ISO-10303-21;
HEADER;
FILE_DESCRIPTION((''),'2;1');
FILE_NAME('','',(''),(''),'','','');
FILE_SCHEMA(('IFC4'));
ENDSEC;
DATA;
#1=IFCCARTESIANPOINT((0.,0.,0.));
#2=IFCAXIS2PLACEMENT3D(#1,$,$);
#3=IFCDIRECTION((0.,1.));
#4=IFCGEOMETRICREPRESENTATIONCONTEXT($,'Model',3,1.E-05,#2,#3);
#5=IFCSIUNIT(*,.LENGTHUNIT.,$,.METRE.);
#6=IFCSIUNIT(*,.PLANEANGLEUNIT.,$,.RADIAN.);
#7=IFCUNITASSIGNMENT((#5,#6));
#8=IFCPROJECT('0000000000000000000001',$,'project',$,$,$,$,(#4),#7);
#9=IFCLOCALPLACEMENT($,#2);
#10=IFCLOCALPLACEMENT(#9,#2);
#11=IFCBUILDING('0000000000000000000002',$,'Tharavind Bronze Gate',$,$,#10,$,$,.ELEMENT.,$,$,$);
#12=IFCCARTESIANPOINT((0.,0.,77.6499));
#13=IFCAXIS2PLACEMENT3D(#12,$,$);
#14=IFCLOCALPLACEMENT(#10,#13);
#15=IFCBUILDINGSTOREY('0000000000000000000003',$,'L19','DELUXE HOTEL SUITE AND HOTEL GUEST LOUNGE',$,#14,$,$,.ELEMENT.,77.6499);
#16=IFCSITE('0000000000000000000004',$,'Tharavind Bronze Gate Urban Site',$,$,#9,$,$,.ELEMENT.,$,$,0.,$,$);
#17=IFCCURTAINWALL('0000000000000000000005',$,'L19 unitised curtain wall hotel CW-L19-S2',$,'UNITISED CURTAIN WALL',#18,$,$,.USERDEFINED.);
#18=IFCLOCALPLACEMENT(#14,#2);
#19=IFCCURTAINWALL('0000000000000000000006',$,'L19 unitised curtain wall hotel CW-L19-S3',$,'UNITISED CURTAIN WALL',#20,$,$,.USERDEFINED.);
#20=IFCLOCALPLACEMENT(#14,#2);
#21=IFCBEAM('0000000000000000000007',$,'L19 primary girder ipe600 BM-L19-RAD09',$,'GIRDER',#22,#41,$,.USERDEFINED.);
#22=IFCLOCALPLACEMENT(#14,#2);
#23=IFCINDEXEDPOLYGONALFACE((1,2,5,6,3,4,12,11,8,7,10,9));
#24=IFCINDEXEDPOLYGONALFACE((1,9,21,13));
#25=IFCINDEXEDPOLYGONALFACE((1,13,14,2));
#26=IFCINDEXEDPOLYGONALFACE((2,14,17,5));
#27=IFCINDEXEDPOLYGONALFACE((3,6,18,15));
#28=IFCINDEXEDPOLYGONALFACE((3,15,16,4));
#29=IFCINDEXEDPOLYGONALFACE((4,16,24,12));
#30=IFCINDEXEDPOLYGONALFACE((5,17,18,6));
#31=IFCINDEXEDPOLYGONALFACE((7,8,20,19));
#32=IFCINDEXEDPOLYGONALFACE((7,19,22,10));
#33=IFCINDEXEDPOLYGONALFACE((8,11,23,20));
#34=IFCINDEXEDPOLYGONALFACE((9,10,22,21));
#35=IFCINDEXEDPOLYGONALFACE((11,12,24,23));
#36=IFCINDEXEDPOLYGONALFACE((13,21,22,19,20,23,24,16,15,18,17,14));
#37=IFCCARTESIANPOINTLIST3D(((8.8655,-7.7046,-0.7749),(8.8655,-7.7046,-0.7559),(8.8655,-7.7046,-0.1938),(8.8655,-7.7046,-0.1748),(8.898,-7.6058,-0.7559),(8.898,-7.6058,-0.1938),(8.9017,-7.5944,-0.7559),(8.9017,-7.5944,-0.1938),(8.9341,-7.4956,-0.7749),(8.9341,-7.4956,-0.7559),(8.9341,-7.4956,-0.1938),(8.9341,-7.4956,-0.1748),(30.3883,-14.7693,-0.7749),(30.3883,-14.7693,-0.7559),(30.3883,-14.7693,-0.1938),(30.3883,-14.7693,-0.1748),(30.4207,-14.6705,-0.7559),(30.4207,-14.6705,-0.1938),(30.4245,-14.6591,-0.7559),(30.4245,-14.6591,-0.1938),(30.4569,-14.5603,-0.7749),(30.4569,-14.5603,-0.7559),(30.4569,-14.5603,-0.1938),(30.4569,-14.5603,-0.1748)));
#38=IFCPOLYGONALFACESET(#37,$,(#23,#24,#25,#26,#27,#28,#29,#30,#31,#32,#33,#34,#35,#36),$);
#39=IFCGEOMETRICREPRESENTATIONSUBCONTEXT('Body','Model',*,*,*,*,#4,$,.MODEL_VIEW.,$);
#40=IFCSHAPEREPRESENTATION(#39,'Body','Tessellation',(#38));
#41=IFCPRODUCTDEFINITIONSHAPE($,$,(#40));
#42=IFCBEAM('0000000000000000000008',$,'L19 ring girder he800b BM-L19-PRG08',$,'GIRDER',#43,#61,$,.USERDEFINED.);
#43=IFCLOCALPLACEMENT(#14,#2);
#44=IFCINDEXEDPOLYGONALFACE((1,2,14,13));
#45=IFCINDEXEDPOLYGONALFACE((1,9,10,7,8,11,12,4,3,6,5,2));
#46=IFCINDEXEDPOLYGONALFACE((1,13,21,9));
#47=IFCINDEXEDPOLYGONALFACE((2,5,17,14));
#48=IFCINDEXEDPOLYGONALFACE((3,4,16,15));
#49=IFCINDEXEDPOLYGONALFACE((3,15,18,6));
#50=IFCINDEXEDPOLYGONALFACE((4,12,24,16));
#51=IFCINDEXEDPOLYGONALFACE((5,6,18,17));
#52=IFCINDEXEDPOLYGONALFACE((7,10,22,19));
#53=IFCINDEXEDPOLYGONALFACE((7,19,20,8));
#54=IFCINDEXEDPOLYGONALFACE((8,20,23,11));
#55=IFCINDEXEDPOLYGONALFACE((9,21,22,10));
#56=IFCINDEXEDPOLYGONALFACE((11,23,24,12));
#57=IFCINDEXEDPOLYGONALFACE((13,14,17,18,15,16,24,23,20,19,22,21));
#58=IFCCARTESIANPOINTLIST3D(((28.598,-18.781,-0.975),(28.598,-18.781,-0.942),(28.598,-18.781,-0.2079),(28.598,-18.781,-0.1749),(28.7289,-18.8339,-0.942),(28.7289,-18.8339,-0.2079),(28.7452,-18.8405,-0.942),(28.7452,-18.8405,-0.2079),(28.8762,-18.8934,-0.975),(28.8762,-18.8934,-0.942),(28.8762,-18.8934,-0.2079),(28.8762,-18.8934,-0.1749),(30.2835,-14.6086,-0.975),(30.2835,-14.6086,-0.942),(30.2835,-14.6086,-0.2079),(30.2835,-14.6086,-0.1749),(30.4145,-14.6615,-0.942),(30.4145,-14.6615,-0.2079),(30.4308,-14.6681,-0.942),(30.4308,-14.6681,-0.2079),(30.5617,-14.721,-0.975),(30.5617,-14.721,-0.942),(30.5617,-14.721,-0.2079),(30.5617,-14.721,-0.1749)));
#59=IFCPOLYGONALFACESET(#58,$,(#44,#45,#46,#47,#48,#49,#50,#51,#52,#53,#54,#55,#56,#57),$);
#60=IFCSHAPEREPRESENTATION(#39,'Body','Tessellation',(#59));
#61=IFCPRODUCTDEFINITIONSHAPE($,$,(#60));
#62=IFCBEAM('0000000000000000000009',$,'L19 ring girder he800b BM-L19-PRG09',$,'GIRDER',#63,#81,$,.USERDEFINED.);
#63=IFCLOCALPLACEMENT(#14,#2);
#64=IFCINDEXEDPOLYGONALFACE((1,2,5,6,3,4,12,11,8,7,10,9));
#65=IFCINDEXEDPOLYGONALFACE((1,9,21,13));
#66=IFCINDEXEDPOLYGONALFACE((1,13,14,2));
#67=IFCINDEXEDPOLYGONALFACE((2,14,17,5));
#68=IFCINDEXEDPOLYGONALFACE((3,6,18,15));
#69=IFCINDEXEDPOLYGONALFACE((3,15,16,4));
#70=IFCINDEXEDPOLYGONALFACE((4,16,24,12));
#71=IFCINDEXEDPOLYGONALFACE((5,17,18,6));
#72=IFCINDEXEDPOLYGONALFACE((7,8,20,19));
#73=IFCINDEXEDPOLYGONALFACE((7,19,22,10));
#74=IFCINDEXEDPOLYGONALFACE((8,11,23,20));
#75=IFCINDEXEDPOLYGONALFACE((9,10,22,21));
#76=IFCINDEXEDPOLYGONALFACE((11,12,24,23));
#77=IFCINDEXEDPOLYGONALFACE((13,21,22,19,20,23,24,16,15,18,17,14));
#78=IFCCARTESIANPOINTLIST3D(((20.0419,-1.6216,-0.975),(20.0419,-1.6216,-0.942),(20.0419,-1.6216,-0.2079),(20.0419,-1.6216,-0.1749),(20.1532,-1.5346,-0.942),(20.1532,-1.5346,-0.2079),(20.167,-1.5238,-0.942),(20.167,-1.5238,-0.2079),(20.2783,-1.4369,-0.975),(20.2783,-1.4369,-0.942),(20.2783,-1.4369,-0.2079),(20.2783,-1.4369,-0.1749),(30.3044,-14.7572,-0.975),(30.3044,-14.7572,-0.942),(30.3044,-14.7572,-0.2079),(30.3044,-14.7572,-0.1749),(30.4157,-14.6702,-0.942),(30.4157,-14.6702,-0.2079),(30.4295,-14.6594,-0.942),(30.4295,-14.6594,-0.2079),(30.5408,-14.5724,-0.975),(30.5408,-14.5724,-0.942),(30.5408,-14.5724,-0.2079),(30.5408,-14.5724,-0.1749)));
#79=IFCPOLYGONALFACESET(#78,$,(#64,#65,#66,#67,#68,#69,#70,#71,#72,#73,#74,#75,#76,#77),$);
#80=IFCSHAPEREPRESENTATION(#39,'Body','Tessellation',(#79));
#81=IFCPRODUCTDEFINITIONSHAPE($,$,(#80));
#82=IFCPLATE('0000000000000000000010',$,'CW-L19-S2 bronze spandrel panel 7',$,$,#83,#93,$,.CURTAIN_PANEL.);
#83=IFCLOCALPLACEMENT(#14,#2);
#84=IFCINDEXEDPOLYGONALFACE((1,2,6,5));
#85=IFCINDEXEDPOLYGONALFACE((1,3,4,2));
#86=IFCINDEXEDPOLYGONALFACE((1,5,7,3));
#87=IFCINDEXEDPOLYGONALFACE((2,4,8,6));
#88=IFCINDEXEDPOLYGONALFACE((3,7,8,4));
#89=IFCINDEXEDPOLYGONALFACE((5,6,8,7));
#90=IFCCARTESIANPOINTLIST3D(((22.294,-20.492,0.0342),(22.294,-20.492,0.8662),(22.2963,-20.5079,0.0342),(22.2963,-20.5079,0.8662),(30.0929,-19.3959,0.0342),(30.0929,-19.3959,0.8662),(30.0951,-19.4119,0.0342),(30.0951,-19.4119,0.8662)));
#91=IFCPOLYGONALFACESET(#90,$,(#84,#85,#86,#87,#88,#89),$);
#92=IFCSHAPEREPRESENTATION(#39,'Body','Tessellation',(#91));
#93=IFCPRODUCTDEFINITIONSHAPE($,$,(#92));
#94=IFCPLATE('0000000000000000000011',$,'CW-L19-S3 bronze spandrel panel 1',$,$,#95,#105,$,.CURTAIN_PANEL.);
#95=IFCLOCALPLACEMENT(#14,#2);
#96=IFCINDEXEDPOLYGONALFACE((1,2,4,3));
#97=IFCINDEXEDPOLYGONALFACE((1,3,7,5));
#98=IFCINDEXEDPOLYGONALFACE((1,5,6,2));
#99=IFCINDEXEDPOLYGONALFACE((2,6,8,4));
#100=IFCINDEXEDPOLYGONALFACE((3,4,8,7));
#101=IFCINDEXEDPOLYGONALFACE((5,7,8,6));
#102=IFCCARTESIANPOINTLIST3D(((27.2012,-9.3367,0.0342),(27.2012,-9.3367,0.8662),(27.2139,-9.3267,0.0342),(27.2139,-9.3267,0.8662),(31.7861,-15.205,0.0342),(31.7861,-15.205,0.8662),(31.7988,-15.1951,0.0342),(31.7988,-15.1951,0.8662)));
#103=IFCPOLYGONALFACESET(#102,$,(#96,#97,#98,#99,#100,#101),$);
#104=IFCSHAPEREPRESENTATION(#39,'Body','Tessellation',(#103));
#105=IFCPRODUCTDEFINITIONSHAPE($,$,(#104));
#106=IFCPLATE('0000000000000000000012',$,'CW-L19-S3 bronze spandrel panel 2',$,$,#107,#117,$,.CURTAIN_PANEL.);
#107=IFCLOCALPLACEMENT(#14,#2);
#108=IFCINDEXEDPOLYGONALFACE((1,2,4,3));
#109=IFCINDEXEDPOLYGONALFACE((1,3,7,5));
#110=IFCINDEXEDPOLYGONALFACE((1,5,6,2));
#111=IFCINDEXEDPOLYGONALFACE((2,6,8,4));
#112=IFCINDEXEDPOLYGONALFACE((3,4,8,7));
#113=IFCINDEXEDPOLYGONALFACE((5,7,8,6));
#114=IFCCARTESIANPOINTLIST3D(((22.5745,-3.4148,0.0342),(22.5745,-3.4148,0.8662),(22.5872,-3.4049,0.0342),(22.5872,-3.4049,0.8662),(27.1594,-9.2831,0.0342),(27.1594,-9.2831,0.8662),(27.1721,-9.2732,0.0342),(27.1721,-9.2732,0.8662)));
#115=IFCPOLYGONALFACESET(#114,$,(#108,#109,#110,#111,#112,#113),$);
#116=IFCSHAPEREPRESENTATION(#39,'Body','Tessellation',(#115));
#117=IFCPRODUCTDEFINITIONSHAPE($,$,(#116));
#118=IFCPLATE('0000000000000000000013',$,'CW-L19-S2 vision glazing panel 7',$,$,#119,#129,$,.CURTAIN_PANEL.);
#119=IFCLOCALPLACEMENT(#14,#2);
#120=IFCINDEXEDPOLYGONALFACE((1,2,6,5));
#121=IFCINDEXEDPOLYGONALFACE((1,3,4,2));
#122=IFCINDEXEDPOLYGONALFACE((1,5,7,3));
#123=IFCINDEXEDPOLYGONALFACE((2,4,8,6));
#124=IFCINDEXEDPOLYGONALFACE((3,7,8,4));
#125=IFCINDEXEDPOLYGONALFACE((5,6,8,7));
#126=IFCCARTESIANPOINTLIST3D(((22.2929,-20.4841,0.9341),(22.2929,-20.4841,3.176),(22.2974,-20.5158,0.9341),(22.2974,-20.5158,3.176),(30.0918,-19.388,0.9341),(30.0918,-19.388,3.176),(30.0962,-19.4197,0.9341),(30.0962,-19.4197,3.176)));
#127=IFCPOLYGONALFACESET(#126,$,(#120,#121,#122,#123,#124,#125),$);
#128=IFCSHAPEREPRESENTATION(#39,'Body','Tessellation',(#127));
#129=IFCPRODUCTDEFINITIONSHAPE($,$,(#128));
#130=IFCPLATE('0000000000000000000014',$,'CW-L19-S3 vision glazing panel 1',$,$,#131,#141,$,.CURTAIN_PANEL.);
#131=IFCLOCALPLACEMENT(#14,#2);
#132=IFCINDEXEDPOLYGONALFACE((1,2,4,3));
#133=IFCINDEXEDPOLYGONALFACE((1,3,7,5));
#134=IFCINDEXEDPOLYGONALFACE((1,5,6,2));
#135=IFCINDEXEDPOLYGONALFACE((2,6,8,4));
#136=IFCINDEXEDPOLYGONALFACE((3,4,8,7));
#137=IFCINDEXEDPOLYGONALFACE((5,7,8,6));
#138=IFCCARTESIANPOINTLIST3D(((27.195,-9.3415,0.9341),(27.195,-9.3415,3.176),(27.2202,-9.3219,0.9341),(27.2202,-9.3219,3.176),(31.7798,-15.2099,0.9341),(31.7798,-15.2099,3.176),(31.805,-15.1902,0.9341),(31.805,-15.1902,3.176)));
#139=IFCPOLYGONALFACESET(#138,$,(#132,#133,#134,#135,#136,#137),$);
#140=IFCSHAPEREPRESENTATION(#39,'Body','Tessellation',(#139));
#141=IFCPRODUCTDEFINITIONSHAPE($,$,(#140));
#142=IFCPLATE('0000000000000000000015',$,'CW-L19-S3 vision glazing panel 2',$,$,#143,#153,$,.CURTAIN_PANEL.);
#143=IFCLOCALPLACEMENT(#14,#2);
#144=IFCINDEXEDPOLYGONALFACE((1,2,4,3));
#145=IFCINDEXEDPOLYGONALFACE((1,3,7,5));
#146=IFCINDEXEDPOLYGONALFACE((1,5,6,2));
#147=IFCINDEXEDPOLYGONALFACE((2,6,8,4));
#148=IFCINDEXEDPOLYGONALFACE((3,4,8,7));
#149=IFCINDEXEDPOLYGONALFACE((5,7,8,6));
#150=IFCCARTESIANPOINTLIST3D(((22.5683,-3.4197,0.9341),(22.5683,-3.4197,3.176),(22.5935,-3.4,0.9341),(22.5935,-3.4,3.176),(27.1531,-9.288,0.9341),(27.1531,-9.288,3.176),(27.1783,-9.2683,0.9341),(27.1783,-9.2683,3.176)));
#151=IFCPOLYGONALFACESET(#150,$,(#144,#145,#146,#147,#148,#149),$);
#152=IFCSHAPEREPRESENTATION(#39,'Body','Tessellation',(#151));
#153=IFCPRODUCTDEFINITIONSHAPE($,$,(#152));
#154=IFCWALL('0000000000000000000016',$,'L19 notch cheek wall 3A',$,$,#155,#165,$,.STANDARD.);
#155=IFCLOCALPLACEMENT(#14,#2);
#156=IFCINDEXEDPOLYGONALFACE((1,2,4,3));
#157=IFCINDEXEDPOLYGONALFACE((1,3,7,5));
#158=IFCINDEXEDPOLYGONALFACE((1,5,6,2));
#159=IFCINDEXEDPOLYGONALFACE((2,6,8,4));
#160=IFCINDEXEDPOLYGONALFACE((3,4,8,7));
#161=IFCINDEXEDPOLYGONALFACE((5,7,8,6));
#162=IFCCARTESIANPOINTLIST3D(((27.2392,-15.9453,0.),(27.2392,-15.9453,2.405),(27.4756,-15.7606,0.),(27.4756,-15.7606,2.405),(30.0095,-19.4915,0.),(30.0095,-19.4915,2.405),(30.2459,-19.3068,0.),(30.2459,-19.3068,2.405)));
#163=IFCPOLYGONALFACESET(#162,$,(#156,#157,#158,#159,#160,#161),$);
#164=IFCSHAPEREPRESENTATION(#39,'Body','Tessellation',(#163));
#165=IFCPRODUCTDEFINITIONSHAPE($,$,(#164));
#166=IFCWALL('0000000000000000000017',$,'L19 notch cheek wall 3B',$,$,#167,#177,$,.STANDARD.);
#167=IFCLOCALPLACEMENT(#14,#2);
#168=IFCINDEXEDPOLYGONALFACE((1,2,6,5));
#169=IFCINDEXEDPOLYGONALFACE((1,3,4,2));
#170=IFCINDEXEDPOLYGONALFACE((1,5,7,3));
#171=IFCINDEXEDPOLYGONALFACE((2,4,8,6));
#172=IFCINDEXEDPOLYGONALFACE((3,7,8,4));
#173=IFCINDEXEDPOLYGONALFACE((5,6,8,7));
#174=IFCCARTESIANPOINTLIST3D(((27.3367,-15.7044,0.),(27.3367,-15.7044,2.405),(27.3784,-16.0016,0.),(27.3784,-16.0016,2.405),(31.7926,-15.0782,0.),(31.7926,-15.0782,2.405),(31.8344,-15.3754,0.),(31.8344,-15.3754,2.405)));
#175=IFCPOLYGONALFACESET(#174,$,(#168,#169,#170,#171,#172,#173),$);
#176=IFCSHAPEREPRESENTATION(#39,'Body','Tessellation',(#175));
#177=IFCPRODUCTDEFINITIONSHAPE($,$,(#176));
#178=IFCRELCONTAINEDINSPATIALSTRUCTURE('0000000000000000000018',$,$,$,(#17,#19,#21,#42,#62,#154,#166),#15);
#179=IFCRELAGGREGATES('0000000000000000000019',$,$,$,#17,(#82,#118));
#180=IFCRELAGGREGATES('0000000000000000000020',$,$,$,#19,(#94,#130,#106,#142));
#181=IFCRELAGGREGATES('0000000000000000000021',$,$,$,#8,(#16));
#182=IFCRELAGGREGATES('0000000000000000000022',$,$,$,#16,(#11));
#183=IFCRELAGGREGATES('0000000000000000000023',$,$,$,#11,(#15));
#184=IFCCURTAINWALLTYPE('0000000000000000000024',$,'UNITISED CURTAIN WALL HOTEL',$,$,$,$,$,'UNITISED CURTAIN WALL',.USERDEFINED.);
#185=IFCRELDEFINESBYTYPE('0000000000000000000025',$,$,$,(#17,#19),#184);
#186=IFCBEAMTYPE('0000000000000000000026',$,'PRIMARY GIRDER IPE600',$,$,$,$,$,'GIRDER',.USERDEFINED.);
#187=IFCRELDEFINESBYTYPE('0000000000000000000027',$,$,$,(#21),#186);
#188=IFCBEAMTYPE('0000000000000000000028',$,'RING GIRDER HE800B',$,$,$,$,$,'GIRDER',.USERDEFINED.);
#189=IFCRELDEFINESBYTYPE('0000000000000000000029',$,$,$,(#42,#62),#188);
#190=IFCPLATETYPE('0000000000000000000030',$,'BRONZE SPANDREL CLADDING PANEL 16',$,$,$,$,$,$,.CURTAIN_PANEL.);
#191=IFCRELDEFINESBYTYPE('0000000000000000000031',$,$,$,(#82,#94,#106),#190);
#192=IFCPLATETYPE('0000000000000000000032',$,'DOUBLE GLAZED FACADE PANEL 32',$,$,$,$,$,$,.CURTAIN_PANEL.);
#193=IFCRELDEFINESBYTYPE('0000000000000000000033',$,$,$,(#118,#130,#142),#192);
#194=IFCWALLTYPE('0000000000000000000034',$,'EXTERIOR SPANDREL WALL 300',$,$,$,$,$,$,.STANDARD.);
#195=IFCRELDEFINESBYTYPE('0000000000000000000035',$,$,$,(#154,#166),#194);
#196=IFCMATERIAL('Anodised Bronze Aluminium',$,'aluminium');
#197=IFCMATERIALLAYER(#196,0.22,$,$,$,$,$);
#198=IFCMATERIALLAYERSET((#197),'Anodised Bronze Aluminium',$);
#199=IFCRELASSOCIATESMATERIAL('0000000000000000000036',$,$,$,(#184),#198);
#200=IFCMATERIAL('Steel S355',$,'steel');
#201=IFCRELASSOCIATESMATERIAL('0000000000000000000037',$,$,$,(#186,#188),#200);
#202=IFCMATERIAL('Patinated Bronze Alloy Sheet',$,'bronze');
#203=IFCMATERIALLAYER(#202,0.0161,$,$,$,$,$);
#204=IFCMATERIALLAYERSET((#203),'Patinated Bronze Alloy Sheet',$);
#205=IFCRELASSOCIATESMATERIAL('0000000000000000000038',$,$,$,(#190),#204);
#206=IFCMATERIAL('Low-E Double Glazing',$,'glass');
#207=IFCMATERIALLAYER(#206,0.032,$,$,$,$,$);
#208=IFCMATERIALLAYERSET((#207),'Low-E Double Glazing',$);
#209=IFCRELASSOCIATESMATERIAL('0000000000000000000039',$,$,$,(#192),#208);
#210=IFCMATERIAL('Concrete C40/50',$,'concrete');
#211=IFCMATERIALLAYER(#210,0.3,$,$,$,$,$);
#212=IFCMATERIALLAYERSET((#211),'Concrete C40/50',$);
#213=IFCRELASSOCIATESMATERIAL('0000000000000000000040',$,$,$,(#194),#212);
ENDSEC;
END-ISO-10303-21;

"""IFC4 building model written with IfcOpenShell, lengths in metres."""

from ifc_helpers import new_model, si_unit, direction, frame, frame_2d, origin, origin_2d, place, context, subcontext, project, spatial, rectangle, i_section, extrude, material, layer, layer_set, material_profile, profile_set, type_object, element, aggregate, save


model = new_model("IFC4")

# Units and contexts
model_context = context("Model", 3, precision=1e-05, world=origin(), true_north=direction((0.0, 1.0)))
body_context = subcontext(model_context, "Body", "Model", "MODEL_VIEW")
ifc_project = project(units=[si_unit("LENGTHUNIT", "METRE"), si_unit("PLANEANGLEUNIT", "RADIAN")], contexts=[model_context])

# Site, building, storey
site_placement = place(None, origin())
site = spatial("IfcSite", under=ifc_project, at=site_placement, Name="Tharavind Bronze Gate Urban Site", CompositionType="ELEMENT", RefElevation=0.0)
building_placement = place(site_placement, origin())
building = spatial("IfcBuilding", under=site, at=building_placement, Name="Tharavind Bronze Gate", CompositionType="ELEMENT")
storey_placement = place(building_placement, frame((0.0, 0.0, 77.6499)))
storey = spatial("IfcBuildingStorey", under=building, at=storey_placement, Name="L19", Description="DELUXE HOTEL SUITE AND HOTEL GUEST LOUNGE", CompositionType="ELEMENT", Elevation=77.6499)

# Curtain wall
ifc_material_1 = material(Name="Anodised Bronze Aluminium", Category="aluminium")
ifc_layer_1 = layer(ifc_material_1, 0.22)
ifc_layer_set_1 = layer_set([ifc_layer_1], Name="Anodised Bronze Aluminium")
curtain_wall_type = type_object("IfcCurtainWallType", Name="UNITISED CURTAIN WALL HOTEL", ElementType="UNITISED CURTAIN WALL", PredefinedType="USERDEFINED", material=ifc_layer_set_1)
curtain_wall_1_placement = place(storey_placement, origin())
curtain_wall_1 = element("IfcCurtainWall", 1, at=curtain_wall_1_placement, inside=storey, type_object=curtain_wall_type, Name="L19 unitised curtain wall hotel CW-L19-S2", ObjectType="UNITISED CURTAIN WALL", PredefinedType="USERDEFINED")

# Curtain wall
curtain_wall_2_placement = place(storey_placement, origin())
curtain_wall_2 = element("IfcCurtainWall", 2, at=curtain_wall_2_placement, inside=storey, type_object=curtain_wall_type, Name="L19 unitised curtain wall hotel CW-L19-S3", ObjectType="UNITISED CURTAIN WALL", PredefinedType="USERDEFINED")

# Beams
ifc_material_2 = material(Name="Steel S355", Category="steel")
ifc_material_profile_1 = material_profile(ifc_material_2, i_section(OverallWidth=0.22, OverallDepth=0.6001, WebThickness=0.012, FlangeThickness=0.019, at=origin_2d()), Name="IPE600")
ifc_profile_set_1 = profile_set([ifc_material_profile_1], Name="Steel S355")
beam_type_1 = type_object("IfcBeamType", Name="PRIMARY GIRDER IPE600", ElementType="GIRDER", PredefinedType="USERDEFINED", material=ifc_profile_set_1)
beam_1_placement = place(storey_placement, frame((30.4226, -14.6648, -0.4749), z_axis=(-0.950124, 0.311872, 0.0), x_axis=(-0.311872, -0.950124, 0.0)))
element("IfcBeam", 3, at=beam_1_placement, inside=storey, type_object=beam_type_1, Name="L19 primary girder ipe600 BM-L19-RAD09", ObjectType="GIRDER", PredefinedType="USERDEFINED", context=body_context, shape_type="SweptSolid", body=[
    extrude(i_section(OverallWidth=0.22, OverallDepth=0.6001, WebThickness=0.012, FlangeThickness=0.019, at=origin_2d()), origin(), (0.0, 0.0, 1.0), 22.6526),
])
ifc_material_profile_2 = material_profile(ifc_material_2, i_section(OverallWidth=0.3, OverallDepth=0.8, WebThickness=0.0176, FlangeThickness=0.033, at=origin_2d()), Name="HE800B")
ifc_profile_set_2 = profile_set([ifc_material_profile_2], Name="Steel S355")
beam_type_2 = type_object("IfcBeamType", Name="RING GIRDER HE800B", ElementType="GIRDER", PredefinedType="USERDEFINED", material=ifc_profile_set_2)
beam_2_placement = place(storey_placement, frame((28.7371, -18.8372, -0.575), z_axis=(0.374569, 0.927199, 0.0), x_axis=(-0.927199, 0.374569, 0.0)))
element("IfcBeam", 4, at=beam_2_placement, inside=storey, type_object=beam_type_2, Name="L19 ring girder he800b BM-L19-PRG08", ObjectType="GIRDER", PredefinedType="USERDEFINED", context=body_context, shape_type="SweptSolid", body=[
    extrude(i_section(OverallWidth=0.3, OverallDepth=0.8, WebThickness=0.0176, FlangeThickness=0.033, at=origin_2d()), origin(), (0.0, 0.0, 1.0), 4.5),
])
beam_3_placement = place(storey_placement, frame((30.4226, -14.6648, -0.575), z_axis=(-0.615657, 0.788014, 0.0), x_axis=(-0.788014, -0.615657, 0.0)))
element("IfcBeam", 5, at=beam_3_placement, inside=storey, type_object=beam_type_2, Name="L19 ring girder he800b BM-L19-PRG09", ObjectType="GIRDER", PredefinedType="USERDEFINED", context=body_context, shape_type="SweptSolid", body=[
    extrude(i_section(OverallWidth=0.3, OverallDepth=0.8, WebThickness=0.0176, FlangeThickness=0.033, at=origin_2d()), origin(), (0.0, 0.0, 1.0), 16.6692),
])

# Plates
ifc_material_3 = material(Name="Patinated Bronze Alloy Sheet", Category="bronze")
ifc_layer_2 = layer(ifc_material_3, 0.0161)
ifc_layer_set_2 = layer_set([ifc_layer_2], Name="Patinated Bronze Alloy Sheet")
plate_type_1 = type_object("IfcPlateType", Name="BRONZE SPANDREL CLADDING PANEL 16", PredefinedType="CURTAIN_PANEL", material=ifc_layer_set_2)
plate_1_placement = place(storey_placement, frame((26.1946, -19.9519, 0.0342), z_axis=(0.0, 0.0, 1.0), x_axis=(0.990268, 0.139173, 0.0)))
plate_1 = element("IfcPlate", 6, at=plate_1_placement, type_object=plate_type_1, Name="CW-L19-S2 bronze spandrel panel 7", PredefinedType="CURTAIN_PANEL", context=body_context, shape_type="SweptSolid", body=[
    extrude(rectangle(XDim=7.8755, YDim=0.0161, at=origin_2d()), origin(), (0.0, 0.0, 1.0), 0.832),
])
plate_2_placement = place(storey_placement, frame((29.5, -12.2659, 0.0342), z_axis=(0.0, 0.0, 1.0), x_axis=(-0.615661, 0.788011, 0.0)))
plate_2 = element("IfcPlate", 7, at=plate_2_placement, type_object=plate_type_1, Name="CW-L19-S3 bronze spandrel panel 1", PredefinedType="CURTAIN_PANEL", context=body_context, shape_type="SweptSolid", body=[
    extrude(rectangle(XDim=7.447, YDim=0.0161, at=origin_2d()), origin(), (0.0, 0.0, 1.0), 0.832),
])
plate_3_placement = place(storey_placement, frame((24.8733, -6.344, 0.0342), z_axis=(0.0, 0.0, 1.0), x_axis=(-0.615661, 0.788011, 0.0)))
plate_3 = element("IfcPlate", 8, at=plate_3_placement, type_object=plate_type_1, Name="CW-L19-S3 bronze spandrel panel 2", PredefinedType="CURTAIN_PANEL", context=body_context, shape_type="SweptSolid", body=[
    extrude(rectangle(XDim=7.447, YDim=0.0161, at=origin_2d()), origin(), (0.0, 0.0, 1.0), 0.832),
])
ifc_material_4 = material(Name="Low-E Double Glazing", Category="glass")
ifc_layer_3 = layer(ifc_material_4, 0.032)
ifc_layer_set_3 = layer_set([ifc_layer_3], Name="Low-E Double Glazing")
plate_type_2 = type_object("IfcPlateType", Name="DOUBLE GLAZED FACADE PANEL 32", PredefinedType="CURTAIN_PANEL", material=ifc_layer_set_3)
plate_4_placement = place(storey_placement, frame((26.1946, -19.9519, 0.9341), z_axis=(0.0, 0.0, 1.0), x_axis=(0.990268, 0.139173, 0.0)))
plate_4 = element("IfcPlate", 9, at=plate_4_placement, type_object=plate_type_2, Name="CW-L19-S2 vision glazing panel 7", PredefinedType="CURTAIN_PANEL", context=body_context, shape_type="SweptSolid", body=[
    extrude(rectangle(XDim=7.8755, YDim=0.032, at=origin_2d()), origin(), (0.0, 0.0, 1.0), 2.2419),
])
aggregate(curtain_wall_1, [plate_1, plate_4])
plate_5_placement = place(storey_placement, frame((29.5, -12.2659, 0.9341), z_axis=(0.0, 0.0, 1.0), x_axis=(-0.615661, 0.788011, 0.0)))
plate_5 = element("IfcPlate", 10, at=plate_5_placement, type_object=plate_type_2, Name="CW-L19-S3 vision glazing panel 1", PredefinedType="CURTAIN_PANEL", context=body_context, shape_type="SweptSolid", body=[
    extrude(rectangle(XDim=7.447, YDim=0.032, at=origin_2d()), origin(), (0.0, 0.0, 1.0), 2.2419),
])
plate_6_placement = place(storey_placement, frame((24.8733, -6.344, 0.9341), z_axis=(0.0, 0.0, 1.0), x_axis=(-0.615661, 0.788011, 0.0)))
plate_6 = element("IfcPlate", 11, at=plate_6_placement, type_object=plate_type_2, Name="CW-L19-S3 vision glazing panel 2", PredefinedType="CURTAIN_PANEL", context=body_context, shape_type="SweptSolid", body=[
    extrude(rectangle(XDim=7.447, YDim=0.032, at=origin_2d()), origin(), (0.0, 0.0, 1.0), 2.2419),
])
aggregate(curtain_wall_2, [plate_2, plate_5, plate_3, plate_6])

# Walls
ifc_material_5 = material(Name="Concrete C40/50", Category="concrete")
ifc_layer_4 = layer(ifc_material_5, 0.3)
ifc_layer_set_4 = layer_set([ifc_layer_4], Name="Concrete C40/50")
wall_type = type_object("IfcWallType", Name="EXTERIOR SPANDREL WALL 300", PredefinedType="STANDARD", material=ifc_layer_set_4)
wall_1_placement = place(storey_placement, frame((30.1277, -19.3992, 0.0), z_axis=(0.0, 0.0, 1.0), x_axis=(-0.615622, 0.788042, 0.0)))
element("IfcWall", 12, at=wall_1_placement, inside=storey, type_object=wall_type, Name="L19 notch cheek wall 3A", PredefinedType="STANDARD", context=body_context, shape_type="SweptSolid", body=[
    extrude(rectangle(XDim=4.5, YDim=0.3, at=frame_2d((2.25, 0.0))), origin(), (0.0, 0.0, 1.0), 2.405),
])
wall_2_placement = place(storey_placement, frame((27.3574, -15.853, 0.0), z_axis=(0.0, 0.0, 1.0), x_axis=(0.990269, 0.139165, 0.0)))
element("IfcWall", 13, at=wall_2_placement, inside=storey, type_object=wall_type, Name="L19 notch cheek wall 3B", PredefinedType="STANDARD", context=body_context, shape_type="SweptSolid", body=[
    extrude(rectangle(XDim=4.4998, YDim=0.3, at=frame_2d((2.25, 0.0))), origin(), (0.0, 0.0, 1.0), 2.405),
])

save(model, "model.ifc")
